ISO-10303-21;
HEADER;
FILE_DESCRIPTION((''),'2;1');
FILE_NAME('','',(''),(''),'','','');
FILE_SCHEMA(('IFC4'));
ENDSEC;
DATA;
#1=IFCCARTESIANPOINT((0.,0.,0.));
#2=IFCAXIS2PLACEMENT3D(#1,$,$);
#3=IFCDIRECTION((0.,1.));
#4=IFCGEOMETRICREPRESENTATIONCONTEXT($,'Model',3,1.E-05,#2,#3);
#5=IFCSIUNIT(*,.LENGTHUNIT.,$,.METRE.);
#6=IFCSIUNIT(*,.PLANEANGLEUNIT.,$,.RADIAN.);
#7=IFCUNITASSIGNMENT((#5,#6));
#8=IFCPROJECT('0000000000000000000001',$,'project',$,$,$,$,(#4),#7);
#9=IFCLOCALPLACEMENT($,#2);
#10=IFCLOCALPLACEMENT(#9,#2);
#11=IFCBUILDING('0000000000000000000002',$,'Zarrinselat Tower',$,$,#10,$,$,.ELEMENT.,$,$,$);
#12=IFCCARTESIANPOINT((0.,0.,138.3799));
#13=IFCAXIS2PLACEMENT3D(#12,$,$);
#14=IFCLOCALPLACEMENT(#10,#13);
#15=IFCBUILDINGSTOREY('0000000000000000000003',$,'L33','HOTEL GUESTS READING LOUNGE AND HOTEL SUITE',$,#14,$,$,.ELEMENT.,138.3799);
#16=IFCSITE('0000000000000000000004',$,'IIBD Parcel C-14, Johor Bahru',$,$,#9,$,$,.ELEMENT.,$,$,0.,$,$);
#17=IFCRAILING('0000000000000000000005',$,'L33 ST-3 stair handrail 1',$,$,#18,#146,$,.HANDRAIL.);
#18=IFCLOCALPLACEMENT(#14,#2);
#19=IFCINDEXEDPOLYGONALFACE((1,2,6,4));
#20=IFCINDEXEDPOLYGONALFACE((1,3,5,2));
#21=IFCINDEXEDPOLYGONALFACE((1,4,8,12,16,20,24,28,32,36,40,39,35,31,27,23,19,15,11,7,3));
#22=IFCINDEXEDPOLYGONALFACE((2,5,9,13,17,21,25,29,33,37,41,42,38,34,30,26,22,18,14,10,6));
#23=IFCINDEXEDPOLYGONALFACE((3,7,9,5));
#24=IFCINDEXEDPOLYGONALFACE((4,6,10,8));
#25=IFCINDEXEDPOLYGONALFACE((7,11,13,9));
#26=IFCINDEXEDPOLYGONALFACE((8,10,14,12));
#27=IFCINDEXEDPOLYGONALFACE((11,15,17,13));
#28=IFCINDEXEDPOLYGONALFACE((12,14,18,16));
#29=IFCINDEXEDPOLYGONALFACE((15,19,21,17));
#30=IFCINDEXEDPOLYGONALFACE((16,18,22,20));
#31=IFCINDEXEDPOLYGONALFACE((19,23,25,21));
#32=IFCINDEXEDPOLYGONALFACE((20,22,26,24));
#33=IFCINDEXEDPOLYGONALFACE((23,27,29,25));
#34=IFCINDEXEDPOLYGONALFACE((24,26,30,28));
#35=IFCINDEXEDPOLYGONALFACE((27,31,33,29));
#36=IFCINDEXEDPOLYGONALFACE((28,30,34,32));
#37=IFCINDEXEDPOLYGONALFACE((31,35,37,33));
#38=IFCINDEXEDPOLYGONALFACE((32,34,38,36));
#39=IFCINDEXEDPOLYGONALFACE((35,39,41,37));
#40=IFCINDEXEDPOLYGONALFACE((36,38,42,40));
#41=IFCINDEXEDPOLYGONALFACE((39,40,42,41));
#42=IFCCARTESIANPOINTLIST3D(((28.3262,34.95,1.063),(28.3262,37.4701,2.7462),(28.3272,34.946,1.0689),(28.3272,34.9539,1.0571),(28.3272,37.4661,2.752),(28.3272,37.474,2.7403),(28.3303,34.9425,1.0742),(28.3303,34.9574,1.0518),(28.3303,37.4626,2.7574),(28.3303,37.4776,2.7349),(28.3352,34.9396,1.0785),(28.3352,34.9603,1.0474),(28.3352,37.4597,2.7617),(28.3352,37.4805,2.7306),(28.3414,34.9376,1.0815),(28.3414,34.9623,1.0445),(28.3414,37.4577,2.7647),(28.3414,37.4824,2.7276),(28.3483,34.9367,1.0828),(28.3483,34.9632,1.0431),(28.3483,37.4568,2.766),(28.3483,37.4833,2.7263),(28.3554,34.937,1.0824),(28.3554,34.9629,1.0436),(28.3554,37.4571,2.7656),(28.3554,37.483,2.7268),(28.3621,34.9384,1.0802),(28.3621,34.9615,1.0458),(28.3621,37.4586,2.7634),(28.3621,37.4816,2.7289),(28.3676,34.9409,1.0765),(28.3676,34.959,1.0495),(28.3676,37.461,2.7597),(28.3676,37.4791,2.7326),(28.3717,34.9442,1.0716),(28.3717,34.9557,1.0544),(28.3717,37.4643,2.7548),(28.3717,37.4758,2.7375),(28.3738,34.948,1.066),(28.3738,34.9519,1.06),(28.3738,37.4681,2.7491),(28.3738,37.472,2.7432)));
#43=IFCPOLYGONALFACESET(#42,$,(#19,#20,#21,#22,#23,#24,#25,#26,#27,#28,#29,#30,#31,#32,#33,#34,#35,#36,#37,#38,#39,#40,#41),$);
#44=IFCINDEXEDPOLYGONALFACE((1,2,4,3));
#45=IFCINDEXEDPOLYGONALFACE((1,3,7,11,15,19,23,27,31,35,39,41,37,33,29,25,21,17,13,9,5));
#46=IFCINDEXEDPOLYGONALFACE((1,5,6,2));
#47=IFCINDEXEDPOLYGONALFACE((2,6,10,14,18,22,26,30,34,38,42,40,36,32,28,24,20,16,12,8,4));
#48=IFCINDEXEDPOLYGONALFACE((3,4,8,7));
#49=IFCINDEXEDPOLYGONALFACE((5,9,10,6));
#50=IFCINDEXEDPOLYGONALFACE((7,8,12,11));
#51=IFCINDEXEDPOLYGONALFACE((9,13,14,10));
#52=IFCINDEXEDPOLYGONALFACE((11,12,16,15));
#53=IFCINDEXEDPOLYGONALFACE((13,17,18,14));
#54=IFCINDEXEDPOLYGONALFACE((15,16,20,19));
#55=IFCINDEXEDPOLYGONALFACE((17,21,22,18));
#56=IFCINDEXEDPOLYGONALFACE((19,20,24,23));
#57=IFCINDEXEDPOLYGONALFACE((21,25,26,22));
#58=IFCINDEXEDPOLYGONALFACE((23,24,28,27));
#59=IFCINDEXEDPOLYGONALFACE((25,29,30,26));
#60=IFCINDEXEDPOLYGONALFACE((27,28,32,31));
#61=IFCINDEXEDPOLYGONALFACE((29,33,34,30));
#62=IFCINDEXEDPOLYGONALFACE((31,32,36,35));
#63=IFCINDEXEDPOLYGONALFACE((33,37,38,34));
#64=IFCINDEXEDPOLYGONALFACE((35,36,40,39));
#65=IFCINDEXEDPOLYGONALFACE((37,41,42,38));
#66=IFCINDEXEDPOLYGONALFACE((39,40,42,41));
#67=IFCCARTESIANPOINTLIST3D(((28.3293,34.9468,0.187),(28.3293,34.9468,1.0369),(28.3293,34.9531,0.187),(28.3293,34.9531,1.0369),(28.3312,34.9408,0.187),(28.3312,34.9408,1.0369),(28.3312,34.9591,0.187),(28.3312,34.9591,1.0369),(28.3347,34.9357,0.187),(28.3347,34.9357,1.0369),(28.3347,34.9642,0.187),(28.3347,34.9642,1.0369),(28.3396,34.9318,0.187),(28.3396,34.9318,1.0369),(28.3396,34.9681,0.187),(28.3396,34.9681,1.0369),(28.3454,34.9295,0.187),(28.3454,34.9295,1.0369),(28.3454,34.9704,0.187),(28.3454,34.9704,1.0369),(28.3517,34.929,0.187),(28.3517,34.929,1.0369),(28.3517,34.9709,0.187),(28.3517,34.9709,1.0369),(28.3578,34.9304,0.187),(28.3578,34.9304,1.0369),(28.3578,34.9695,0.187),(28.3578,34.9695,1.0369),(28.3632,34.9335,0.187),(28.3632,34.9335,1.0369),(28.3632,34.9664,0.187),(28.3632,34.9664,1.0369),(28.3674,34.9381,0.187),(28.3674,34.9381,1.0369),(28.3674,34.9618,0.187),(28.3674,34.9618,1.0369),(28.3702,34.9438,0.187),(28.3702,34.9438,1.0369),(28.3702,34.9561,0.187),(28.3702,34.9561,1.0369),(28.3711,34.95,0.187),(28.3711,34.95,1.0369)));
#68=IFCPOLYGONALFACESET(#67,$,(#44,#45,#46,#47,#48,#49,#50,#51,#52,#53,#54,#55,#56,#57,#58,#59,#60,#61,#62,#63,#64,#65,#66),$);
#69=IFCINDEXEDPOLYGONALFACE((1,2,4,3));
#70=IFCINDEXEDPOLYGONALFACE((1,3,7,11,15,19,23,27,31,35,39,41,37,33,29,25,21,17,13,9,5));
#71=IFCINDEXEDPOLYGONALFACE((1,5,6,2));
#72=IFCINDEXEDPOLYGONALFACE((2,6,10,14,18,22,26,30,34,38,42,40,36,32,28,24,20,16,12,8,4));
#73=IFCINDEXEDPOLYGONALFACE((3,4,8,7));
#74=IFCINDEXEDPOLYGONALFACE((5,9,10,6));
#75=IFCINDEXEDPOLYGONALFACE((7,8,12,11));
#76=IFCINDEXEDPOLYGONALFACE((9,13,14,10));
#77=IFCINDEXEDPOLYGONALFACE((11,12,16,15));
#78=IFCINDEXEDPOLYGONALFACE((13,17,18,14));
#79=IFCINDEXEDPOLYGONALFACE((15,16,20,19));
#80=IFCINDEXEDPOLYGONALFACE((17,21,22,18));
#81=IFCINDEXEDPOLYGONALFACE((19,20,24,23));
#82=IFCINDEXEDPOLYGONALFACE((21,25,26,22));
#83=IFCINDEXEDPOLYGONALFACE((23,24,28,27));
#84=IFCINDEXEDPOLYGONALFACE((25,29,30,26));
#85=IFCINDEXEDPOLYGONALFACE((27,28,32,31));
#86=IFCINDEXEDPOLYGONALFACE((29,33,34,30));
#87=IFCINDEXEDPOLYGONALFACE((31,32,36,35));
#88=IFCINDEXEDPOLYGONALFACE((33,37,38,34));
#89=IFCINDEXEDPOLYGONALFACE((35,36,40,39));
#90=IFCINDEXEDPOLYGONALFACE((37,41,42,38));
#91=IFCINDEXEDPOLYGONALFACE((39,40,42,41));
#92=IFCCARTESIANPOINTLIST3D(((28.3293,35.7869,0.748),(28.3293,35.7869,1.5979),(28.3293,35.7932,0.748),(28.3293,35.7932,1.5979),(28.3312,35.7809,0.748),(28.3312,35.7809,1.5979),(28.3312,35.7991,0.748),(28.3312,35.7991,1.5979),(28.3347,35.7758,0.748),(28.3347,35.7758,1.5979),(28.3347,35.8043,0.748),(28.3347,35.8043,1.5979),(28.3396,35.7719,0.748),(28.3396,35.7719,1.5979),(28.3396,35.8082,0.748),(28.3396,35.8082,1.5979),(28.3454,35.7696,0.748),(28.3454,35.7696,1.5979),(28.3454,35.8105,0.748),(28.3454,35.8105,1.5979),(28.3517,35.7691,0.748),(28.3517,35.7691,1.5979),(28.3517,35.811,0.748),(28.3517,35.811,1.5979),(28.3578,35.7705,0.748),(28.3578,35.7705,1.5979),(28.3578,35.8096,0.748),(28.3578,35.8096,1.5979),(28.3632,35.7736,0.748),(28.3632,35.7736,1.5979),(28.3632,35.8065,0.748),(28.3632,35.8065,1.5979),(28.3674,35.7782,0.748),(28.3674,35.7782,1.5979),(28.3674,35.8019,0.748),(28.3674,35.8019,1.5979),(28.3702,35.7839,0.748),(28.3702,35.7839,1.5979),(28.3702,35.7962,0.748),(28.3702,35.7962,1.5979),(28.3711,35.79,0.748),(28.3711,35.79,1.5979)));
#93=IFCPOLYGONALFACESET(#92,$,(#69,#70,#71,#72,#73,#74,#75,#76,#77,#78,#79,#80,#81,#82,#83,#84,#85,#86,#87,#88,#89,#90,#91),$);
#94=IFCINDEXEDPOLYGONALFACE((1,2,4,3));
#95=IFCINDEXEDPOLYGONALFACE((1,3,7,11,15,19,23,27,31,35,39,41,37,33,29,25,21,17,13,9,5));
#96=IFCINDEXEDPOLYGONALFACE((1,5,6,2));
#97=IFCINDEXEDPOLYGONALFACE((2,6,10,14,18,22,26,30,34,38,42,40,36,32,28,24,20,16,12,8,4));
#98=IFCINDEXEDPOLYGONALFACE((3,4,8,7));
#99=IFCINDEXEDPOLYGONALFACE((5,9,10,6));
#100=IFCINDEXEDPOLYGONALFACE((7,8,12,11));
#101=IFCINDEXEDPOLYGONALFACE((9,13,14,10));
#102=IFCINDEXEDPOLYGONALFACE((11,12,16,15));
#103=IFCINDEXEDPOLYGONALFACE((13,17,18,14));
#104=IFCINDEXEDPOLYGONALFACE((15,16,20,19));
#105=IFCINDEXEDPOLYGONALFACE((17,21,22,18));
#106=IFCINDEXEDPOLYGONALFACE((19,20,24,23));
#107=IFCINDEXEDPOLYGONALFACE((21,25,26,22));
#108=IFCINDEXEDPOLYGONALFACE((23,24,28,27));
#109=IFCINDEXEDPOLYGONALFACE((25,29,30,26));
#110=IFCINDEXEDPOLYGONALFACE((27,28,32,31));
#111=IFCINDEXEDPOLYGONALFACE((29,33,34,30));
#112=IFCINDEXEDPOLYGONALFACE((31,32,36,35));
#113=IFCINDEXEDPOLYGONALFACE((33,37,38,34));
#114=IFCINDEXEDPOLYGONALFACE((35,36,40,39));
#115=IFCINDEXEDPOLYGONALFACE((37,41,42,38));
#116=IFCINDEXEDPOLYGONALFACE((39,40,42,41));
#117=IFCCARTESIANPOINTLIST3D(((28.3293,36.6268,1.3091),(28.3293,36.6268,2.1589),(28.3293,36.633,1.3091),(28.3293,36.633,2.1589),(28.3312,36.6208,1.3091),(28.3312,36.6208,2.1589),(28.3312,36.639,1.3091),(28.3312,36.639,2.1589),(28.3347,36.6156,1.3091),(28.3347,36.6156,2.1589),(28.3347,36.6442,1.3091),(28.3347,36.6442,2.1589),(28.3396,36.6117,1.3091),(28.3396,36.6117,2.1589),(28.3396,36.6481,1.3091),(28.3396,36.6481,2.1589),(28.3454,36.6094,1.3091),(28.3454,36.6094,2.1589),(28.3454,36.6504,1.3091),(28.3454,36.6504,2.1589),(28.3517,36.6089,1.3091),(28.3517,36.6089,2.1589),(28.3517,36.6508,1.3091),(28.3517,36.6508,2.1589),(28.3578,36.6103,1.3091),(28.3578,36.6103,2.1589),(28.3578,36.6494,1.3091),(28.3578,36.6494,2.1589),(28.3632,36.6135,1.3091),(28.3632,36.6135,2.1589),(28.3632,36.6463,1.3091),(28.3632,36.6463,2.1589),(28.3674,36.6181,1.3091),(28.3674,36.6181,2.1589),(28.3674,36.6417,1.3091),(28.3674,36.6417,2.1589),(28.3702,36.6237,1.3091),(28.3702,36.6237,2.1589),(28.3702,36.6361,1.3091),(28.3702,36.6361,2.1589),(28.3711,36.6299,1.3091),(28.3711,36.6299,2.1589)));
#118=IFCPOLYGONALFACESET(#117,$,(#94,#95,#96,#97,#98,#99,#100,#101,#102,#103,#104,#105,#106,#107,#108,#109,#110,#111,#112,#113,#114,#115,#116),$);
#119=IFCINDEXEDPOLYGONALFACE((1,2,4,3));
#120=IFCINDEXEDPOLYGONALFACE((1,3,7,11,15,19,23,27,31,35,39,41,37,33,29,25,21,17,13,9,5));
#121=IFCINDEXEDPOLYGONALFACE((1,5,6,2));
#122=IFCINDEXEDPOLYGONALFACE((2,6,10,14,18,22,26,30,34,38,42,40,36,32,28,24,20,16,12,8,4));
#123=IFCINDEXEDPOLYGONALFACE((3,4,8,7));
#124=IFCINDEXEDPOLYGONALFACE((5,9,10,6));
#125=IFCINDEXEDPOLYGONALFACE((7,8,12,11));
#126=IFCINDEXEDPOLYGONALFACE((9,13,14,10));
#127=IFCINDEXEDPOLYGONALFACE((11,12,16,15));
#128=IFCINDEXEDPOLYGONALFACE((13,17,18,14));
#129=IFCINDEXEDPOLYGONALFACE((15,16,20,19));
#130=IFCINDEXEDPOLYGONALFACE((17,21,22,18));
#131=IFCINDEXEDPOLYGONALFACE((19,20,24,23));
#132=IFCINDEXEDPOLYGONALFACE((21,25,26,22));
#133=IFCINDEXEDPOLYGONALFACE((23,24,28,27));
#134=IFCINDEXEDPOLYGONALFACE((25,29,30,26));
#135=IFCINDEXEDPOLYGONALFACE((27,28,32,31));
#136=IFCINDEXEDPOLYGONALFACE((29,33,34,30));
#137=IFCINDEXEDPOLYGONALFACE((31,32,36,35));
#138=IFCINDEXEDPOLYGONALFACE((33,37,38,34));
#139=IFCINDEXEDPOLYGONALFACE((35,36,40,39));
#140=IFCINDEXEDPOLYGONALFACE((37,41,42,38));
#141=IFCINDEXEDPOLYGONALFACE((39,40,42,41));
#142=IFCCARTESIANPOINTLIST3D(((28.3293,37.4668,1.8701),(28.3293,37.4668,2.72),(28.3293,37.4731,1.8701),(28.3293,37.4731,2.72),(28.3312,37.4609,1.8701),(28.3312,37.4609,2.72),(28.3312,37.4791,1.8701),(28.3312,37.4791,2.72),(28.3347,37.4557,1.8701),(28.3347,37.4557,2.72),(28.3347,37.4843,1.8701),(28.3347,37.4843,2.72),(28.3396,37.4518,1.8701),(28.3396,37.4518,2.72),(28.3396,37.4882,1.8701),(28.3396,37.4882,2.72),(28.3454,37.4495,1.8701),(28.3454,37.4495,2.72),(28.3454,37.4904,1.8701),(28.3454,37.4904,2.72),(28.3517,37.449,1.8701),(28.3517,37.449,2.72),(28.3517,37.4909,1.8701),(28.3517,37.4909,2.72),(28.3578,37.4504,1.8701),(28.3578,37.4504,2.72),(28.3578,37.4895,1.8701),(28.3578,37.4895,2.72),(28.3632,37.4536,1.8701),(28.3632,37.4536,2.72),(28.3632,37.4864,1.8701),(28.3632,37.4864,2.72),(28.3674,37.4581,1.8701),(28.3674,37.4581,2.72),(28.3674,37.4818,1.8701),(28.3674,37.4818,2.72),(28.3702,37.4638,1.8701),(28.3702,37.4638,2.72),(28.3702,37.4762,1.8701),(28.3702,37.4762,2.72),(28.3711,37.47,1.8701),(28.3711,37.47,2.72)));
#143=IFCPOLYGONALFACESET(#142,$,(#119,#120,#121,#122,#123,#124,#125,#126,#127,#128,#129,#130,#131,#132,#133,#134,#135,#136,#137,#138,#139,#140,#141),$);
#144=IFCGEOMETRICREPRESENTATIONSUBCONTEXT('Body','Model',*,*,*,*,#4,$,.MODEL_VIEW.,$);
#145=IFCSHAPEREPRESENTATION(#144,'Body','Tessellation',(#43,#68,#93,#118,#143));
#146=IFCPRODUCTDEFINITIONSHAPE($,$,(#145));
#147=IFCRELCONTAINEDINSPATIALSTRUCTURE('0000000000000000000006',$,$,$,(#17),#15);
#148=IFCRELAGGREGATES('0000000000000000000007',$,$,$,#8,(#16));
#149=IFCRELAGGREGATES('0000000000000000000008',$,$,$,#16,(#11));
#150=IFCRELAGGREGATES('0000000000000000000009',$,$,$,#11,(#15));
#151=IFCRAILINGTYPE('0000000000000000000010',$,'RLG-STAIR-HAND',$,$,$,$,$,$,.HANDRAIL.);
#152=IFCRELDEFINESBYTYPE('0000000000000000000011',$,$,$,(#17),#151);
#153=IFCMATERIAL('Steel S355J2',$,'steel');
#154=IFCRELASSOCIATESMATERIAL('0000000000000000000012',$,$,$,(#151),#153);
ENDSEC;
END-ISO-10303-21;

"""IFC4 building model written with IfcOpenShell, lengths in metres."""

from ifc_helpers import new_model, si_unit, direction, frame, origin, origin_2d, place, context, subcontext, project, spatial, circle, extrude, material, type_object, element, save


model = new_model("IFC4")

# Units and contexts
model_context = context("Model", 3, precision=1e-05, world=origin(), true_north=direction((0.0, 1.0)))
body_context = subcontext(model_context, "Body", "Model", "MODEL_VIEW")
ifc_project = project(units=[si_unit("LENGTHUNIT", "METRE"), si_unit("PLANEANGLEUNIT", "RADIAN")], contexts=[model_context])

# Site, building, storey
site_placement = place(None, origin())
site = spatial("IfcSite", under=ifc_project, at=site_placement, Name="IIBD Parcel C-14, Johor Bahru", CompositionType="ELEMENT", RefElevation=0.0)
building_placement = place(site_placement, origin())
building = spatial("IfcBuilding", under=site, at=building_placement, Name="Zarrinselat Tower", CompositionType="ELEMENT")
storey_placement = place(building_placement, frame((0.0, 0.0, 138.3799)))
storey = spatial("IfcBuildingStorey", under=building, at=storey_placement, Name="L33", Description="HOTEL GUESTS READING LOUNGE AND HOTEL SUITE", CompositionType="ELEMENT", Elevation=138.3799)

# Railing
ifc_material_1 = material(Name="Steel S355J2", Category="steel")
railing_type_1 = type_object("IfcRailingType", Name="RLG-STAIR-HAND", PredefinedType="HANDRAIL", material=ifc_material_1)
railing_1_placement = place(storey_placement, frame((28.3501, 34.95, 0.187)))
element("IfcRailing", 1, at=railing_1_placement, inside=storey, type_object=railing_type_1, Name="L33 ST-3 stair handrail 1", PredefinedType="HANDRAIL", context=body_context, shape_type="SweptSolid", body=[
    extrude(circle(Radius=0.0239, at=origin_2d()), frame((0.0, 0.0, 0.876), z_axis=(0.0, 0.831579, 0.555406), x_axis=(-1.0, 0.0, 0.0)), (0.0, 0.0, 1.0), 3.0305),
    extrude(circle(Radius=0.021, at=origin_2d()), origin(), (0.0, 0.0, 1.0), 0.8499),
    extrude(circle(Radius=0.021, at=origin_2d()), frame((0.0, 0.8401, 0.561)), (0.0, 0.0, 1.0), 0.8499),
    extrude(circle(Radius=0.021, at=origin_2d()), frame((0.0, 1.6799, 1.1221)), (0.0, 0.0, 1.0), 0.8499),
    extrude(circle(Radius=0.021, at=origin_2d()), frame((0.0, 2.52, 1.6831)), (0.0, 0.0, 1.0), 0.8499),
])

save(model, "model.ifc")
